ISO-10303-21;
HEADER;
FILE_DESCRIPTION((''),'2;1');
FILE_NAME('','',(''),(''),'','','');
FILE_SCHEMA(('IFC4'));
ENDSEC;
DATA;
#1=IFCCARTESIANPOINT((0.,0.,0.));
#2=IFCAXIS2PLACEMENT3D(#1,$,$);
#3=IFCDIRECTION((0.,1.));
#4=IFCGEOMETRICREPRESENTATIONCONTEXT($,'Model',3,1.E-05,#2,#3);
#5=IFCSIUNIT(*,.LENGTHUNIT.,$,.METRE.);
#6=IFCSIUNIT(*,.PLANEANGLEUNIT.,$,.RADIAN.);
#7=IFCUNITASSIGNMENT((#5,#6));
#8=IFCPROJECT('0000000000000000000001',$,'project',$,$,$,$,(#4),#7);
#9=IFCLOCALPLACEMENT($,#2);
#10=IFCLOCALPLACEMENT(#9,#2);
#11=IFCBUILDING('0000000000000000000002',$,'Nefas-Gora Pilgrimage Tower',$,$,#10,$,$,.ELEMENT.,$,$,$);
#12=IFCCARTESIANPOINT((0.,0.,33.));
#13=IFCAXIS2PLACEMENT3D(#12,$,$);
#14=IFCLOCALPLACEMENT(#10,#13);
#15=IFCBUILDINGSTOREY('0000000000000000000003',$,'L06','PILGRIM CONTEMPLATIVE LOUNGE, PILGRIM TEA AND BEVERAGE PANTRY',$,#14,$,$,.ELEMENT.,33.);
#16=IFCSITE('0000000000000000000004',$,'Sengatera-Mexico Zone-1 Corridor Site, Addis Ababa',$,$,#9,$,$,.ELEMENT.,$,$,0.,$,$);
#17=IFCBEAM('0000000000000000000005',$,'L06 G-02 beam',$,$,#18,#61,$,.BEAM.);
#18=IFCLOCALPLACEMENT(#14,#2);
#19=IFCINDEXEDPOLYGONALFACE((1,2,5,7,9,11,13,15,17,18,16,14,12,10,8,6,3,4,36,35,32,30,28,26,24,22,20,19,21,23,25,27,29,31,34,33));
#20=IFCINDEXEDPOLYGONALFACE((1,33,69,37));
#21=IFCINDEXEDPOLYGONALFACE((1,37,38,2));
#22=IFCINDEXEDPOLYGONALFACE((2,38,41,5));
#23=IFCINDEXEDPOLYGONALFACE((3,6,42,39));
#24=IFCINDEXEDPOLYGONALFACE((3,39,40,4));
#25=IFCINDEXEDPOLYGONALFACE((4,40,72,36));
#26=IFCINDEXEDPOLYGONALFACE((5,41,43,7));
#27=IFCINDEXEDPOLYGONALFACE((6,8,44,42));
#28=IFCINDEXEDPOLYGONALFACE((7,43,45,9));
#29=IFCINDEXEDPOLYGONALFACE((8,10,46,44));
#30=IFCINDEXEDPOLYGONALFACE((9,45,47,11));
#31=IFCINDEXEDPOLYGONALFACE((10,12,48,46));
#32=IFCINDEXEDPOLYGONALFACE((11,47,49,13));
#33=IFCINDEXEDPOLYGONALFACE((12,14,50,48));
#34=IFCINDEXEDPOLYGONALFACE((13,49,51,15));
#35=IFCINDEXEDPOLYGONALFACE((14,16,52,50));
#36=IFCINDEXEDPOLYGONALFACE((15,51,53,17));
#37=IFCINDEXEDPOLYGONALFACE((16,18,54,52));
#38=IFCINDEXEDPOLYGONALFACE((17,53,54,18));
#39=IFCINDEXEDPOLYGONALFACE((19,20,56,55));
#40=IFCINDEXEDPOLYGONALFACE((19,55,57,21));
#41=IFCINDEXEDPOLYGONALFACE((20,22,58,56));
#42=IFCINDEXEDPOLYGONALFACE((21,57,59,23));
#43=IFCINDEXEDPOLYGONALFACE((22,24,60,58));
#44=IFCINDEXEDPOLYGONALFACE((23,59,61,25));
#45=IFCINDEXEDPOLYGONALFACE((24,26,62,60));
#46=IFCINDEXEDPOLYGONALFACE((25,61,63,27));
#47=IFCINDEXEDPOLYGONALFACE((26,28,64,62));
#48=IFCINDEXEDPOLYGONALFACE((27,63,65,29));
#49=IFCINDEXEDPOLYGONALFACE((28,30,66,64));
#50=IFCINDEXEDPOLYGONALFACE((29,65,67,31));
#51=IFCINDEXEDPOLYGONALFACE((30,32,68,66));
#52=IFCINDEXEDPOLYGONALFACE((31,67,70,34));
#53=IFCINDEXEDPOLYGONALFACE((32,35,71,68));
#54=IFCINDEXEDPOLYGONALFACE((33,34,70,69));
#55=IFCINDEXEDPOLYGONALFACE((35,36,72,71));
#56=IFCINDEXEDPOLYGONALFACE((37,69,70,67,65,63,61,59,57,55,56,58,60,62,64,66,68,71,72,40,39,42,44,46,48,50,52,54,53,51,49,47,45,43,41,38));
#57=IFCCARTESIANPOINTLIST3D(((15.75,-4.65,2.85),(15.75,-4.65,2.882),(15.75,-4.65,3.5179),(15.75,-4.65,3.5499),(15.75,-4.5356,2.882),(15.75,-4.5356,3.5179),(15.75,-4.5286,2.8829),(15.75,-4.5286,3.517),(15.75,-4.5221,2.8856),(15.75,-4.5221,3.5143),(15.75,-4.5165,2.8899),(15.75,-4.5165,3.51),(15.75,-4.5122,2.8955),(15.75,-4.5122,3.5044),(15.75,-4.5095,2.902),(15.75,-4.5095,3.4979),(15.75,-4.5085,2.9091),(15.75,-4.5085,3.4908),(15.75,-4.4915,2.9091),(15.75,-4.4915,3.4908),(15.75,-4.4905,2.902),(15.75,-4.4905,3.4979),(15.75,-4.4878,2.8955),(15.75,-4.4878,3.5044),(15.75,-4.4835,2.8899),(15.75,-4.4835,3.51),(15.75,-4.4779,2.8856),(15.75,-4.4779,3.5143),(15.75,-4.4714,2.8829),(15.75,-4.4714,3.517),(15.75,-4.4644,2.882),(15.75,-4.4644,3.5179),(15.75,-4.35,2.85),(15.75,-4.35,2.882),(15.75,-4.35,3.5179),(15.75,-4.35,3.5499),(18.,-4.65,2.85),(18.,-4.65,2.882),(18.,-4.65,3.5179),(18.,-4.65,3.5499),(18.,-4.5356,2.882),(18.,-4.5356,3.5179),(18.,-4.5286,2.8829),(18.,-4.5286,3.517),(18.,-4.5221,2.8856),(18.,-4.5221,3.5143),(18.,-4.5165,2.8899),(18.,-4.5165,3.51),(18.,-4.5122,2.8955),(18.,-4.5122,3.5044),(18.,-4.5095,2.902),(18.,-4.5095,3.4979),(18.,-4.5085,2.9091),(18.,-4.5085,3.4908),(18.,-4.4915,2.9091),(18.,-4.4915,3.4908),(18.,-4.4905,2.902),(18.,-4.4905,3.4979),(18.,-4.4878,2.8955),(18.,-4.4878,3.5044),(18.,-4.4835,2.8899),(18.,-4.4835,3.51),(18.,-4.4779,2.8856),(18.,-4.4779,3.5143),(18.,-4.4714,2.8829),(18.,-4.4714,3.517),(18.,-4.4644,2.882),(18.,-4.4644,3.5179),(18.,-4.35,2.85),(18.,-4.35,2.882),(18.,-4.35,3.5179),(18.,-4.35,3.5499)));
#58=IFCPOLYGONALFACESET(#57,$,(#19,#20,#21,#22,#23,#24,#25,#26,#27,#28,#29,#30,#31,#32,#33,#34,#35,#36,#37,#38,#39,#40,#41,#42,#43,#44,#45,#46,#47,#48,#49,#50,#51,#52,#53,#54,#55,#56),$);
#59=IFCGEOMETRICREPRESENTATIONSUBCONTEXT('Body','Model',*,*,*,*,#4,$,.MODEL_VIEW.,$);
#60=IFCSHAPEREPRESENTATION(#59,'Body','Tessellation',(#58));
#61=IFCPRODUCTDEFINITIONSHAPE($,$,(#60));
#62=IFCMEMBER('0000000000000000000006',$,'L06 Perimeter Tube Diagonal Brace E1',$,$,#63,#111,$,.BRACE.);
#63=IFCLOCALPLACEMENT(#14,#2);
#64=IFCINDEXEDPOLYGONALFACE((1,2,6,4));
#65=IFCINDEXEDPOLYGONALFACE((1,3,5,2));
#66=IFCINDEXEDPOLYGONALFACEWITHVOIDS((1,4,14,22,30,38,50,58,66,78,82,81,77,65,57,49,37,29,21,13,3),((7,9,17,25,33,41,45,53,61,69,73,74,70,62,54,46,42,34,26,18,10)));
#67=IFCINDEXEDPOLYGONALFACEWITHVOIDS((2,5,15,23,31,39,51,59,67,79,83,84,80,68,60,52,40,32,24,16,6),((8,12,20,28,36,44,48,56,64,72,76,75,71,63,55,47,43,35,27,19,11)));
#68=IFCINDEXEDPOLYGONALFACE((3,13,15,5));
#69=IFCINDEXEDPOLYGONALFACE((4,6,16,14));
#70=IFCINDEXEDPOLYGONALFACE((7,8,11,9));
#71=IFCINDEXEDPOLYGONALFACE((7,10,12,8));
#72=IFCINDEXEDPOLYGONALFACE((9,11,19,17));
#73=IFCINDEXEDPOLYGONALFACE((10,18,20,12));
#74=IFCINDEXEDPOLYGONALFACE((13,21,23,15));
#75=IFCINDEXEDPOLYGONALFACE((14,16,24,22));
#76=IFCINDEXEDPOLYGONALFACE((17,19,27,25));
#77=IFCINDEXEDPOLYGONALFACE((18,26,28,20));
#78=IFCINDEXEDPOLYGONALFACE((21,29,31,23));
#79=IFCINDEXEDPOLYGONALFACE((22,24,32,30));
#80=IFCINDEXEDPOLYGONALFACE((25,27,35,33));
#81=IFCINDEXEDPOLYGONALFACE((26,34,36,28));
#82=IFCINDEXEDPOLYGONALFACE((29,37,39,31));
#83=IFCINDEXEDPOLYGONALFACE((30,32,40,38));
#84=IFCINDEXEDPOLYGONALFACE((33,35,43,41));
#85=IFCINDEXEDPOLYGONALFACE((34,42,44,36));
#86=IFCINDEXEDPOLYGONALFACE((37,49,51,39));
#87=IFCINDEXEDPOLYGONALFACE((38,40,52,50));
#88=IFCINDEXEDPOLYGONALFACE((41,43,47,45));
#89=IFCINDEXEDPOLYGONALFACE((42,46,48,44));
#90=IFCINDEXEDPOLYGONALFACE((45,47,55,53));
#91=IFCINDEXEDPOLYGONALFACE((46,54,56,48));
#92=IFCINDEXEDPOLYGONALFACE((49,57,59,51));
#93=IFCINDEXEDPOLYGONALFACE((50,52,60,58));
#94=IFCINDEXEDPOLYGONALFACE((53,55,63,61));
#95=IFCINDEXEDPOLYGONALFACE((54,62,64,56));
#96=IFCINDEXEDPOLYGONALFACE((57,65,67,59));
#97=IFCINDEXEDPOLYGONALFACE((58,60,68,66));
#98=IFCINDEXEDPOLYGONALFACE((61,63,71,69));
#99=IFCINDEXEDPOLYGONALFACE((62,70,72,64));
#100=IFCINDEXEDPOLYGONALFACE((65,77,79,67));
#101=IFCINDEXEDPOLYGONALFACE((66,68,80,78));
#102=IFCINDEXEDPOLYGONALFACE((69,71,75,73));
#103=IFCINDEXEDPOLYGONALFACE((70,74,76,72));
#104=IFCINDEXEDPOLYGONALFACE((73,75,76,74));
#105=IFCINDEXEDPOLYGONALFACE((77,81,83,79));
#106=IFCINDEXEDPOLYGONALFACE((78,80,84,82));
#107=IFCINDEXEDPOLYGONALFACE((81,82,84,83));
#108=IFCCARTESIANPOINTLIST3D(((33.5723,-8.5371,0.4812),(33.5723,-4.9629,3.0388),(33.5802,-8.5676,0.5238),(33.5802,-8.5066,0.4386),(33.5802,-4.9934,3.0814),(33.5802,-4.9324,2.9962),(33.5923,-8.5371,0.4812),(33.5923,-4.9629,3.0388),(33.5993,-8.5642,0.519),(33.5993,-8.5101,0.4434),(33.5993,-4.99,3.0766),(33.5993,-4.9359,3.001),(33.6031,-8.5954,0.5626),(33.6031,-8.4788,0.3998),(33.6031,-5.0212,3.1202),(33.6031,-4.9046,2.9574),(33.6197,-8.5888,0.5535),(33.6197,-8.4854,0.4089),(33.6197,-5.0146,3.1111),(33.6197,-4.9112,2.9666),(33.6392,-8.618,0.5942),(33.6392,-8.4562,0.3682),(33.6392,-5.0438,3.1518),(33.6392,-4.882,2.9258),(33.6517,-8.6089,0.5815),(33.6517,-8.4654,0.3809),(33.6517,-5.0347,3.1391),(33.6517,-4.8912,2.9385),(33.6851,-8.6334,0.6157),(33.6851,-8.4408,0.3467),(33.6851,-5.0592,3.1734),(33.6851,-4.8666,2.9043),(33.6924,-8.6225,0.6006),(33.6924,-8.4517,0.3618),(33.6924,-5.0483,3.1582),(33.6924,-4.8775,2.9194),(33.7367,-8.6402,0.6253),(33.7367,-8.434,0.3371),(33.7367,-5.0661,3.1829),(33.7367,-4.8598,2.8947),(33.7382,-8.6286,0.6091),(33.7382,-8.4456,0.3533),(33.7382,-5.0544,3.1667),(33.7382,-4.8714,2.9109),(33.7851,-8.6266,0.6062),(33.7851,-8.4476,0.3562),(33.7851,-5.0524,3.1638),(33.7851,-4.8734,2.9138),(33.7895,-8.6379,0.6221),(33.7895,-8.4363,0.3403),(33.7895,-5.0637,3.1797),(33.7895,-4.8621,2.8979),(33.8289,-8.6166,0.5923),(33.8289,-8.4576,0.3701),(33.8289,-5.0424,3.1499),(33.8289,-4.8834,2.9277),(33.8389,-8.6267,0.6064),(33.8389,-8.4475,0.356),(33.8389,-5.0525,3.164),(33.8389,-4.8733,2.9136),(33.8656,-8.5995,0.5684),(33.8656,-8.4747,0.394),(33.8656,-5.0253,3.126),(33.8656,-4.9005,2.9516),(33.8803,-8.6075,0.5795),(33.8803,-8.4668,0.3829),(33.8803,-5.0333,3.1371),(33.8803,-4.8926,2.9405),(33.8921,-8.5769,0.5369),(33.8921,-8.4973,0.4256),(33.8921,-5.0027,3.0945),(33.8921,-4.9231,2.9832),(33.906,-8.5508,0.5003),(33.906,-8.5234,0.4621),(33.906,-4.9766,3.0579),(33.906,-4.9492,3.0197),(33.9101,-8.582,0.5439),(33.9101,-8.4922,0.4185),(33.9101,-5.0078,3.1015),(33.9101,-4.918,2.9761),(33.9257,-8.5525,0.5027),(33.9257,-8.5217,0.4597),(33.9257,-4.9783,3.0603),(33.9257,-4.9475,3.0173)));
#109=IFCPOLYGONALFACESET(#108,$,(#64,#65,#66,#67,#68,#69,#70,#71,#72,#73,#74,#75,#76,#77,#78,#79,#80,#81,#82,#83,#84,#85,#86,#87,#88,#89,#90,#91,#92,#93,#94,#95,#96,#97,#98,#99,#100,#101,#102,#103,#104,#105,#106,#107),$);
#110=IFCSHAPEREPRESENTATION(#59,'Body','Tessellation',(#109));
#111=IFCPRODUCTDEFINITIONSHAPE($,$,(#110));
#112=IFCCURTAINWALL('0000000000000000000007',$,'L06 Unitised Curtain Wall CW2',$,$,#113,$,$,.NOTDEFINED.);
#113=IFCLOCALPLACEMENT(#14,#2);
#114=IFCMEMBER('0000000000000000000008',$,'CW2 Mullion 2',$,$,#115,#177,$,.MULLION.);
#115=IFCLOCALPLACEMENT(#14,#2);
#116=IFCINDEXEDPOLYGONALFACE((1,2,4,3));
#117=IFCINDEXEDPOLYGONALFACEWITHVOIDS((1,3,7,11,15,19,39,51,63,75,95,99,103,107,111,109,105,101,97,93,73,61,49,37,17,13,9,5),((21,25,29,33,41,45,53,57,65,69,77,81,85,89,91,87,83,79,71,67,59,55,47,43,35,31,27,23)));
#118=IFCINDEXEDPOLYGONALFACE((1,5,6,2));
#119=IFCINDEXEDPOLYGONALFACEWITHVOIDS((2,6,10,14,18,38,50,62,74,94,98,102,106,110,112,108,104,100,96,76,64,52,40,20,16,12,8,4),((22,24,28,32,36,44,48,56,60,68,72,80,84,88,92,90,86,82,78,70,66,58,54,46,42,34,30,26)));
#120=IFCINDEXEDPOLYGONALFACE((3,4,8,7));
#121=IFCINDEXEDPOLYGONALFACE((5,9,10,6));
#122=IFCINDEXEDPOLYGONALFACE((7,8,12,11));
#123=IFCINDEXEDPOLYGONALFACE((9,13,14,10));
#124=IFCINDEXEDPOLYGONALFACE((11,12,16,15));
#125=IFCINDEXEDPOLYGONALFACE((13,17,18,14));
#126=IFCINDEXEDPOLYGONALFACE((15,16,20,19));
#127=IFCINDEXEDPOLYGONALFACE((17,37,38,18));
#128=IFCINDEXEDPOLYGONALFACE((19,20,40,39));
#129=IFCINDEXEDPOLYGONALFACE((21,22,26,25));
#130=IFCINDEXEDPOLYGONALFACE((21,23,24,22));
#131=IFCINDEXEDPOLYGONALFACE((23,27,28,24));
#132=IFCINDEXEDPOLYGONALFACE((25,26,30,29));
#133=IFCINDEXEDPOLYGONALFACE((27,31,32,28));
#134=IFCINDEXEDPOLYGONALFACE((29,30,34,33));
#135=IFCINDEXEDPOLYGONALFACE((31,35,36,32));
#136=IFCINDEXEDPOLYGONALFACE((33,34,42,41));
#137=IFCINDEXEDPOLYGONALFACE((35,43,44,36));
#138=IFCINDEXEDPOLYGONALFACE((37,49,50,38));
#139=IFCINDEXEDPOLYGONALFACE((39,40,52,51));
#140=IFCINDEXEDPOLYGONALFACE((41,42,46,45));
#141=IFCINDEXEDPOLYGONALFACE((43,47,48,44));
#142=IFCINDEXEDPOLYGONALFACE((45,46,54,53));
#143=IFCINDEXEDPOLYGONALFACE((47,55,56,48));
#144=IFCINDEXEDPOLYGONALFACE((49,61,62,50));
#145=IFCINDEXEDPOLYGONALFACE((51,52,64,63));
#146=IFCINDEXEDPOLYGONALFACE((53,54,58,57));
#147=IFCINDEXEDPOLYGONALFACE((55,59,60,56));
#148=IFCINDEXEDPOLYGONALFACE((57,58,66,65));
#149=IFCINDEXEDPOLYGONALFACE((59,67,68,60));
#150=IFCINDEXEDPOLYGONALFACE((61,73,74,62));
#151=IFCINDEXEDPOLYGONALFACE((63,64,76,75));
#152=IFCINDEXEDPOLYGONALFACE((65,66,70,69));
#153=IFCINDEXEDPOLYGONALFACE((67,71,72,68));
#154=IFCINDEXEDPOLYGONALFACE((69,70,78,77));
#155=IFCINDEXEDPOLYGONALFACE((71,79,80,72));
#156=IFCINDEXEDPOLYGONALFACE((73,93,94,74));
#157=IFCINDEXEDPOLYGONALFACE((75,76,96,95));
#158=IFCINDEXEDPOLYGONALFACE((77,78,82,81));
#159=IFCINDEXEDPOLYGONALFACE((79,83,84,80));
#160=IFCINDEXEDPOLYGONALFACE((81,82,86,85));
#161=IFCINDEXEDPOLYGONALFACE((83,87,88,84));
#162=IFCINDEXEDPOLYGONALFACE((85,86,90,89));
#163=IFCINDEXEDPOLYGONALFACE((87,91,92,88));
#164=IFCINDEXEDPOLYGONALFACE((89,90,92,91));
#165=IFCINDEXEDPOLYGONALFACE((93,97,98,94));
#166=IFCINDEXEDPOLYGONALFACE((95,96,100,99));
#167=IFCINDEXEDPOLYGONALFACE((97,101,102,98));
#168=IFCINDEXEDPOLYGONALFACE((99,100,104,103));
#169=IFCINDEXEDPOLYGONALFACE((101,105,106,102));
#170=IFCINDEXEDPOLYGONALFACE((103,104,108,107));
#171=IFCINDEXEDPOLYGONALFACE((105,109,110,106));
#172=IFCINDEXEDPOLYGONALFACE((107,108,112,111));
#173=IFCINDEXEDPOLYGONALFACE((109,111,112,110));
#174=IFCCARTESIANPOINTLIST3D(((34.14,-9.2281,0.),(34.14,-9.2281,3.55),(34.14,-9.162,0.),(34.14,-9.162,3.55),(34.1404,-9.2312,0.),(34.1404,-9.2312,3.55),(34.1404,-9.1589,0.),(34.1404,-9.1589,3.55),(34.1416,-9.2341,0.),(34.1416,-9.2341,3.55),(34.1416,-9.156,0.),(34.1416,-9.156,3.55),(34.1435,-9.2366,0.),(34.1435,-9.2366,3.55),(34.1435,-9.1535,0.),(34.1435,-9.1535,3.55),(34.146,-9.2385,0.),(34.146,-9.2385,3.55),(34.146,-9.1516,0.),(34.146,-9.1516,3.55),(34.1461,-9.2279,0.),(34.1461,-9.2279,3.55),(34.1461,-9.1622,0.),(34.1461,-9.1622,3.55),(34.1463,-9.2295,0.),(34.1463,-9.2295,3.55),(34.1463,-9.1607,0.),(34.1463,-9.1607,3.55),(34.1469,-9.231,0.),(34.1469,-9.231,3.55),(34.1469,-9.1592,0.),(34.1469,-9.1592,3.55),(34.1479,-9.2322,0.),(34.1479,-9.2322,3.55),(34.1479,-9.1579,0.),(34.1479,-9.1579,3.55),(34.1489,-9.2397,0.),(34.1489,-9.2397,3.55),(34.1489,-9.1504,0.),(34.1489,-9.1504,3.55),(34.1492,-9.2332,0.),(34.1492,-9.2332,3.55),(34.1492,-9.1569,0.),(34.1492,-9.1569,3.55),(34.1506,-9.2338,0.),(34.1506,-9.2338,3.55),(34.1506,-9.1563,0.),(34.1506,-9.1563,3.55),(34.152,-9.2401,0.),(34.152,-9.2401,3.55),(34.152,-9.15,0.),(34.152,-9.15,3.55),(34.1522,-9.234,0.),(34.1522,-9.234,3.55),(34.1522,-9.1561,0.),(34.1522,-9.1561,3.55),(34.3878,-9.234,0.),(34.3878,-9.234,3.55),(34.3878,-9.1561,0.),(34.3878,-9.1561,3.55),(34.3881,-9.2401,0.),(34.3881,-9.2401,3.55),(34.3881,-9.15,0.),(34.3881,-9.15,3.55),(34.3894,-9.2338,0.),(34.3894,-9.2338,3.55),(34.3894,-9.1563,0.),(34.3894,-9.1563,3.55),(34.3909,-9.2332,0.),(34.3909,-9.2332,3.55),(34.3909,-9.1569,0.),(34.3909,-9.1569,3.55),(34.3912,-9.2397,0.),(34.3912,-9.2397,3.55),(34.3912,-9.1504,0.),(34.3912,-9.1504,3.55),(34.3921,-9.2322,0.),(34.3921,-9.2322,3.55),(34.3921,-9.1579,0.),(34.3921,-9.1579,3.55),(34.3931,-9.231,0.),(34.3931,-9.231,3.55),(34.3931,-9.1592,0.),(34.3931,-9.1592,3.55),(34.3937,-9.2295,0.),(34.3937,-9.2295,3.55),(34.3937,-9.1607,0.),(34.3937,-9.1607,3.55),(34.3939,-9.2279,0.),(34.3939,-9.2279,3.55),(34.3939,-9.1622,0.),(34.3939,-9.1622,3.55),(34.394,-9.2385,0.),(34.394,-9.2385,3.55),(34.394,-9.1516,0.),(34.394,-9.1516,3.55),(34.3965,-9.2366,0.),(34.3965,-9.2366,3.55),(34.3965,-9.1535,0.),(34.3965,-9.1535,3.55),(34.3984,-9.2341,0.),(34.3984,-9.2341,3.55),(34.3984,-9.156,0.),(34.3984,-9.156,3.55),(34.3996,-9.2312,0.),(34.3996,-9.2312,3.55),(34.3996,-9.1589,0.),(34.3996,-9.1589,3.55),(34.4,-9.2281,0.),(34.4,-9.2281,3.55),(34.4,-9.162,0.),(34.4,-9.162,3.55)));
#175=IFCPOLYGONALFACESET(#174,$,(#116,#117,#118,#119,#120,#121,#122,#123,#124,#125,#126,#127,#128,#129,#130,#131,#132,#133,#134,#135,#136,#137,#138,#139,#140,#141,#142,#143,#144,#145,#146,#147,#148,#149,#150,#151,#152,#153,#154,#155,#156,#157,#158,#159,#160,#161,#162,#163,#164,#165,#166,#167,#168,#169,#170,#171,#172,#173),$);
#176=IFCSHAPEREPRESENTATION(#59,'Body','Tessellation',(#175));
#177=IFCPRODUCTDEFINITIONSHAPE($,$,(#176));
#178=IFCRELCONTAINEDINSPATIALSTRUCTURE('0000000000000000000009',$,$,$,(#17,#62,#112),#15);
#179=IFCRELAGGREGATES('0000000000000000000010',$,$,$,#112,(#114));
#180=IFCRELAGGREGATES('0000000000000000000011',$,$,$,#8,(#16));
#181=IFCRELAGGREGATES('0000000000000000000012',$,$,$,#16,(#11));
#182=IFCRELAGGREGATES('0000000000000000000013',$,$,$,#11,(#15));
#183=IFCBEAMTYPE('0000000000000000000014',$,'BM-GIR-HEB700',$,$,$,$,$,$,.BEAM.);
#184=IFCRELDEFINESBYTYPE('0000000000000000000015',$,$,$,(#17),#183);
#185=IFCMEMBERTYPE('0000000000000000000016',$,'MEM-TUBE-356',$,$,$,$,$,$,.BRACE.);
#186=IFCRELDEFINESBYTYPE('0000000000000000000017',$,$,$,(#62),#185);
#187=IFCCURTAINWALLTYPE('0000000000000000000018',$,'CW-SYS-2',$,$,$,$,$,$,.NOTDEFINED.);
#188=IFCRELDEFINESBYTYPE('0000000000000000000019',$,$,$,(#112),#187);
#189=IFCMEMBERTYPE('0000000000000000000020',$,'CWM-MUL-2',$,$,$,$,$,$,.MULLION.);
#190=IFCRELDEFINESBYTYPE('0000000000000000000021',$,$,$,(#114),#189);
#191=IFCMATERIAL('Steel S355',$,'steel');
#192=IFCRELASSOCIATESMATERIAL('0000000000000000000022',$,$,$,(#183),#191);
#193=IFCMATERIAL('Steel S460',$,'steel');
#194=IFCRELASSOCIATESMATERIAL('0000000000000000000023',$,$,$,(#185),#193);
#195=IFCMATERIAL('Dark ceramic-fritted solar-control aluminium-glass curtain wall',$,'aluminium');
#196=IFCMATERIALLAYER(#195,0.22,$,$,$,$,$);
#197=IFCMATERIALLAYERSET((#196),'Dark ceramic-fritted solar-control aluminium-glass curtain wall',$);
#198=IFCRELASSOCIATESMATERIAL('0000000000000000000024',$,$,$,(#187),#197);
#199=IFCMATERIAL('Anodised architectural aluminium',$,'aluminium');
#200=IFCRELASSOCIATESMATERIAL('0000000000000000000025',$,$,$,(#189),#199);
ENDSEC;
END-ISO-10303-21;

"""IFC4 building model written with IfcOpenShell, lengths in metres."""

from ifc_helpers import new_model, si_unit, direction, frame, origin, origin_2d, place, context, subcontext, project, spatial, hollow_rectangle, hollow_circle, i_section, extrude, source, transform, mapped, material, layer, layer_set, material_profile, profile_set, type_object, element, aggregate, save


model = new_model("IFC4")

# Units and contexts
model_context = context("Model", 3, precision=1e-05, world=origin(), true_north=direction((0.0, 1.0)))
body_context = subcontext(model_context, "Body", "Model", "MODEL_VIEW")
ifc_project = project(units=[si_unit("LENGTHUNIT", "METRE"), si_unit("PLANEANGLEUNIT", "RADIAN")], contexts=[model_context])

# Site, building, storey
site_placement = place(None, origin())
site = spatial("IfcSite", under=ifc_project, at=site_placement, Name="Sengatera-Mexico Zone-1 Corridor Site, Addis Ababa", CompositionType="ELEMENT", RefElevation=0.0)
building_placement = place(site_placement, origin())
building = spatial("IfcBuilding", under=site, at=building_placement, Name="Nefas-Gora Pilgrimage Tower", CompositionType="ELEMENT")
storey_placement = place(building_placement, frame((0.0, 0.0, 33.0)))
storey = spatial("IfcBuildingStorey", under=building, at=storey_placement, Name="L06", Description="PILGRIM CONTEMPLATIVE LOUNGE, PILGRIM TEA AND BEVERAGE PANTRY", CompositionType="ELEMENT", Elevation=33.0)

# Shared definitions
ifc_material_1 = material(Name="Steel S460", Category="steel")

# Beam
ifc_material_2 = material(Name="Steel S355", Category="steel")
ifc_material_profile_1 = material_profile(ifc_material_2, i_section(OverallWidth=0.3, OverallDepth=0.7, WebThickness=0.0171, FlangeThickness=0.032, FilletRadius=0.0271, at=origin_2d()), Name="HEB 700")
ifc_profile_set_1 = profile_set([ifc_material_profile_1], Name="Steel S355")
beam_type_1 = type_object("IfcBeamType", Name="BM-GIR-HEB700", PredefinedType="BEAM", material=ifc_profile_set_1)
shared_shape_1 = source(origin(), body_context, "Body", "SweptSolid", [
    extrude(i_section(OverallWidth=0.3, OverallDepth=0.7, WebThickness=0.0171, FlangeThickness=0.032, FilletRadius=0.0271, at=origin_2d()), origin(), (0.0, 0.0, 1.0), 2.25),
])
for number, where, z_axis, x_axis, name in (
    (1, (15.75, -4.5, 3.2), (1.0, 0.0, 0.0), (0.0, 1.0, 0.0), "L06 G-02 beam"),
):
    element("IfcBeam", number, at=place(storey_placement, frame(where, z_axis=z_axis, x_axis=x_axis)), inside=storey, type_object=beam_type_1, Name=name, PredefinedType="BEAM", context=body_context, shape_type="MappedRepresentation", body=[
        mapped(shared_shape_1, transform((0.0, 0.0, 0.0), x_axis=(1.0, 0.0, 0.0), y_axis=(0.0, 1.0, 0.0), z_axis=(0.0, 0.0, 1.0), scale=1.0)),
    ])

# Member
ifc_material_profile_2 = material_profile(ifc_material_1, hollow_circle(Radius=0.1777, WallThickness=0.02, at=origin_2d()), Name="CHS 355.6x20")
ifc_profile_set_2 = profile_set([ifc_material_profile_2], Name="Steel S460")
member_type_1 = type_object("IfcMemberType", Name="MEM-TUBE-356", PredefinedType="BRACE", material=ifc_profile_set_2)
shared_shape_2 = source(origin(), body_context, "Body", "SweptSolid", [
    extrude(hollow_circle(Radius=0.1777, WallThickness=0.02, at=origin_2d()), origin(), (0.0, 0.0, 1.0), 4.395),
])
member_1_placement = place(storey_placement, frame((33.75, -8.5371, 0.4812), z_axis=(0.0, 0.813238, 0.581932), x_axis=(-1.0, 0.0, 0.0)))
element("IfcMember", 2, at=member_1_placement, inside=storey, type_object=member_type_1, Name="L06 Perimeter Tube Diagonal Brace E1", PredefinedType="BRACE", context=body_context, shape_type="MappedRepresentation", body=[
    mapped(shared_shape_2, transform((0.0, 0.0, 0.0), x_axis=(1.0, 0.0, 0.0), y_axis=(0.0, 1.0, 0.0), z_axis=(0.0, 0.0, 1.0), scale=1.0)),
])

# Curtain wall, member
ifc_material_3 = material(Name="Dark ceramic-fritted solar-control aluminium-glass curtain wall", Category="aluminium")
ifc_layer_1 = layer(ifc_material_3, 0.22)
ifc_layer_set_1 = layer_set([ifc_layer_1], Name="Dark ceramic-fritted solar-control aluminium-glass curtain wall")
curtain_wall_type = type_object("IfcCurtainWallType", Name="CW-SYS-2", PredefinedType="NOTDEFINED", material=ifc_layer_set_1)
curtain_wall_1_placement = place(storey_placement, origin())
curtain_wall_1 = element("IfcCurtainWall", 3, at=curtain_wall_1_placement, inside=storey, type_object=curtain_wall_type, Name="L06 Unitised Curtain Wall CW2", PredefinedType="NOTDEFINED")
ifc_material_4 = material(Name="Anodised architectural aluminium", Category="aluminium")
ifc_material_profile_3 = material_profile(ifc_material_4, hollow_rectangle(XDim=0.0901, YDim=0.26, WallThickness=0.0061, InnerFilletRadius=0.0061, OuterFilletRadius=0.012, at=origin_2d()), Name="ALU MULLION 90x260")
ifc_profile_set_3 = profile_set([ifc_material_profile_3], Name="Anodised architectural aluminium")
member_type_2 = type_object("IfcMemberType", Name="CWM-MUL-2", PredefinedType="MULLION", material=ifc_profile_set_3)
shared_shape_3 = source(origin(), body_context, "Body", "SweptSolid", [
    extrude(hollow_rectangle(XDim=0.0901, YDim=0.26, WallThickness=0.0061, InnerFilletRadius=0.0061, OuterFilletRadius=0.012, at=origin_2d()), origin(), (0.0, 0.0, 1.0), 3.55),
])
member_2_placement = place(storey_placement, frame((34.27, -9.1951, 0.0), z_axis=(0.0, 0.0, 1.0), x_axis=(0.0, 1.0, 0.0)))
member_2 = element("IfcMember", 4, at=member_2_placement, type_object=member_type_2, Name="CW2 Mullion 2", PredefinedType="MULLION", context=body_context, shape_type="MappedRepresentation", body=[
    mapped(shared_shape_3, transform((0.0, 0.0, 0.0), x_axis=(1.0, 0.0, 0.0), y_axis=(0.0, 1.0, 0.0), z_axis=(0.0, 0.0, 1.0), scale=1.0)),
])

aggregate(curtain_wall_1, [member_2])

save(model, "model.ifc")
